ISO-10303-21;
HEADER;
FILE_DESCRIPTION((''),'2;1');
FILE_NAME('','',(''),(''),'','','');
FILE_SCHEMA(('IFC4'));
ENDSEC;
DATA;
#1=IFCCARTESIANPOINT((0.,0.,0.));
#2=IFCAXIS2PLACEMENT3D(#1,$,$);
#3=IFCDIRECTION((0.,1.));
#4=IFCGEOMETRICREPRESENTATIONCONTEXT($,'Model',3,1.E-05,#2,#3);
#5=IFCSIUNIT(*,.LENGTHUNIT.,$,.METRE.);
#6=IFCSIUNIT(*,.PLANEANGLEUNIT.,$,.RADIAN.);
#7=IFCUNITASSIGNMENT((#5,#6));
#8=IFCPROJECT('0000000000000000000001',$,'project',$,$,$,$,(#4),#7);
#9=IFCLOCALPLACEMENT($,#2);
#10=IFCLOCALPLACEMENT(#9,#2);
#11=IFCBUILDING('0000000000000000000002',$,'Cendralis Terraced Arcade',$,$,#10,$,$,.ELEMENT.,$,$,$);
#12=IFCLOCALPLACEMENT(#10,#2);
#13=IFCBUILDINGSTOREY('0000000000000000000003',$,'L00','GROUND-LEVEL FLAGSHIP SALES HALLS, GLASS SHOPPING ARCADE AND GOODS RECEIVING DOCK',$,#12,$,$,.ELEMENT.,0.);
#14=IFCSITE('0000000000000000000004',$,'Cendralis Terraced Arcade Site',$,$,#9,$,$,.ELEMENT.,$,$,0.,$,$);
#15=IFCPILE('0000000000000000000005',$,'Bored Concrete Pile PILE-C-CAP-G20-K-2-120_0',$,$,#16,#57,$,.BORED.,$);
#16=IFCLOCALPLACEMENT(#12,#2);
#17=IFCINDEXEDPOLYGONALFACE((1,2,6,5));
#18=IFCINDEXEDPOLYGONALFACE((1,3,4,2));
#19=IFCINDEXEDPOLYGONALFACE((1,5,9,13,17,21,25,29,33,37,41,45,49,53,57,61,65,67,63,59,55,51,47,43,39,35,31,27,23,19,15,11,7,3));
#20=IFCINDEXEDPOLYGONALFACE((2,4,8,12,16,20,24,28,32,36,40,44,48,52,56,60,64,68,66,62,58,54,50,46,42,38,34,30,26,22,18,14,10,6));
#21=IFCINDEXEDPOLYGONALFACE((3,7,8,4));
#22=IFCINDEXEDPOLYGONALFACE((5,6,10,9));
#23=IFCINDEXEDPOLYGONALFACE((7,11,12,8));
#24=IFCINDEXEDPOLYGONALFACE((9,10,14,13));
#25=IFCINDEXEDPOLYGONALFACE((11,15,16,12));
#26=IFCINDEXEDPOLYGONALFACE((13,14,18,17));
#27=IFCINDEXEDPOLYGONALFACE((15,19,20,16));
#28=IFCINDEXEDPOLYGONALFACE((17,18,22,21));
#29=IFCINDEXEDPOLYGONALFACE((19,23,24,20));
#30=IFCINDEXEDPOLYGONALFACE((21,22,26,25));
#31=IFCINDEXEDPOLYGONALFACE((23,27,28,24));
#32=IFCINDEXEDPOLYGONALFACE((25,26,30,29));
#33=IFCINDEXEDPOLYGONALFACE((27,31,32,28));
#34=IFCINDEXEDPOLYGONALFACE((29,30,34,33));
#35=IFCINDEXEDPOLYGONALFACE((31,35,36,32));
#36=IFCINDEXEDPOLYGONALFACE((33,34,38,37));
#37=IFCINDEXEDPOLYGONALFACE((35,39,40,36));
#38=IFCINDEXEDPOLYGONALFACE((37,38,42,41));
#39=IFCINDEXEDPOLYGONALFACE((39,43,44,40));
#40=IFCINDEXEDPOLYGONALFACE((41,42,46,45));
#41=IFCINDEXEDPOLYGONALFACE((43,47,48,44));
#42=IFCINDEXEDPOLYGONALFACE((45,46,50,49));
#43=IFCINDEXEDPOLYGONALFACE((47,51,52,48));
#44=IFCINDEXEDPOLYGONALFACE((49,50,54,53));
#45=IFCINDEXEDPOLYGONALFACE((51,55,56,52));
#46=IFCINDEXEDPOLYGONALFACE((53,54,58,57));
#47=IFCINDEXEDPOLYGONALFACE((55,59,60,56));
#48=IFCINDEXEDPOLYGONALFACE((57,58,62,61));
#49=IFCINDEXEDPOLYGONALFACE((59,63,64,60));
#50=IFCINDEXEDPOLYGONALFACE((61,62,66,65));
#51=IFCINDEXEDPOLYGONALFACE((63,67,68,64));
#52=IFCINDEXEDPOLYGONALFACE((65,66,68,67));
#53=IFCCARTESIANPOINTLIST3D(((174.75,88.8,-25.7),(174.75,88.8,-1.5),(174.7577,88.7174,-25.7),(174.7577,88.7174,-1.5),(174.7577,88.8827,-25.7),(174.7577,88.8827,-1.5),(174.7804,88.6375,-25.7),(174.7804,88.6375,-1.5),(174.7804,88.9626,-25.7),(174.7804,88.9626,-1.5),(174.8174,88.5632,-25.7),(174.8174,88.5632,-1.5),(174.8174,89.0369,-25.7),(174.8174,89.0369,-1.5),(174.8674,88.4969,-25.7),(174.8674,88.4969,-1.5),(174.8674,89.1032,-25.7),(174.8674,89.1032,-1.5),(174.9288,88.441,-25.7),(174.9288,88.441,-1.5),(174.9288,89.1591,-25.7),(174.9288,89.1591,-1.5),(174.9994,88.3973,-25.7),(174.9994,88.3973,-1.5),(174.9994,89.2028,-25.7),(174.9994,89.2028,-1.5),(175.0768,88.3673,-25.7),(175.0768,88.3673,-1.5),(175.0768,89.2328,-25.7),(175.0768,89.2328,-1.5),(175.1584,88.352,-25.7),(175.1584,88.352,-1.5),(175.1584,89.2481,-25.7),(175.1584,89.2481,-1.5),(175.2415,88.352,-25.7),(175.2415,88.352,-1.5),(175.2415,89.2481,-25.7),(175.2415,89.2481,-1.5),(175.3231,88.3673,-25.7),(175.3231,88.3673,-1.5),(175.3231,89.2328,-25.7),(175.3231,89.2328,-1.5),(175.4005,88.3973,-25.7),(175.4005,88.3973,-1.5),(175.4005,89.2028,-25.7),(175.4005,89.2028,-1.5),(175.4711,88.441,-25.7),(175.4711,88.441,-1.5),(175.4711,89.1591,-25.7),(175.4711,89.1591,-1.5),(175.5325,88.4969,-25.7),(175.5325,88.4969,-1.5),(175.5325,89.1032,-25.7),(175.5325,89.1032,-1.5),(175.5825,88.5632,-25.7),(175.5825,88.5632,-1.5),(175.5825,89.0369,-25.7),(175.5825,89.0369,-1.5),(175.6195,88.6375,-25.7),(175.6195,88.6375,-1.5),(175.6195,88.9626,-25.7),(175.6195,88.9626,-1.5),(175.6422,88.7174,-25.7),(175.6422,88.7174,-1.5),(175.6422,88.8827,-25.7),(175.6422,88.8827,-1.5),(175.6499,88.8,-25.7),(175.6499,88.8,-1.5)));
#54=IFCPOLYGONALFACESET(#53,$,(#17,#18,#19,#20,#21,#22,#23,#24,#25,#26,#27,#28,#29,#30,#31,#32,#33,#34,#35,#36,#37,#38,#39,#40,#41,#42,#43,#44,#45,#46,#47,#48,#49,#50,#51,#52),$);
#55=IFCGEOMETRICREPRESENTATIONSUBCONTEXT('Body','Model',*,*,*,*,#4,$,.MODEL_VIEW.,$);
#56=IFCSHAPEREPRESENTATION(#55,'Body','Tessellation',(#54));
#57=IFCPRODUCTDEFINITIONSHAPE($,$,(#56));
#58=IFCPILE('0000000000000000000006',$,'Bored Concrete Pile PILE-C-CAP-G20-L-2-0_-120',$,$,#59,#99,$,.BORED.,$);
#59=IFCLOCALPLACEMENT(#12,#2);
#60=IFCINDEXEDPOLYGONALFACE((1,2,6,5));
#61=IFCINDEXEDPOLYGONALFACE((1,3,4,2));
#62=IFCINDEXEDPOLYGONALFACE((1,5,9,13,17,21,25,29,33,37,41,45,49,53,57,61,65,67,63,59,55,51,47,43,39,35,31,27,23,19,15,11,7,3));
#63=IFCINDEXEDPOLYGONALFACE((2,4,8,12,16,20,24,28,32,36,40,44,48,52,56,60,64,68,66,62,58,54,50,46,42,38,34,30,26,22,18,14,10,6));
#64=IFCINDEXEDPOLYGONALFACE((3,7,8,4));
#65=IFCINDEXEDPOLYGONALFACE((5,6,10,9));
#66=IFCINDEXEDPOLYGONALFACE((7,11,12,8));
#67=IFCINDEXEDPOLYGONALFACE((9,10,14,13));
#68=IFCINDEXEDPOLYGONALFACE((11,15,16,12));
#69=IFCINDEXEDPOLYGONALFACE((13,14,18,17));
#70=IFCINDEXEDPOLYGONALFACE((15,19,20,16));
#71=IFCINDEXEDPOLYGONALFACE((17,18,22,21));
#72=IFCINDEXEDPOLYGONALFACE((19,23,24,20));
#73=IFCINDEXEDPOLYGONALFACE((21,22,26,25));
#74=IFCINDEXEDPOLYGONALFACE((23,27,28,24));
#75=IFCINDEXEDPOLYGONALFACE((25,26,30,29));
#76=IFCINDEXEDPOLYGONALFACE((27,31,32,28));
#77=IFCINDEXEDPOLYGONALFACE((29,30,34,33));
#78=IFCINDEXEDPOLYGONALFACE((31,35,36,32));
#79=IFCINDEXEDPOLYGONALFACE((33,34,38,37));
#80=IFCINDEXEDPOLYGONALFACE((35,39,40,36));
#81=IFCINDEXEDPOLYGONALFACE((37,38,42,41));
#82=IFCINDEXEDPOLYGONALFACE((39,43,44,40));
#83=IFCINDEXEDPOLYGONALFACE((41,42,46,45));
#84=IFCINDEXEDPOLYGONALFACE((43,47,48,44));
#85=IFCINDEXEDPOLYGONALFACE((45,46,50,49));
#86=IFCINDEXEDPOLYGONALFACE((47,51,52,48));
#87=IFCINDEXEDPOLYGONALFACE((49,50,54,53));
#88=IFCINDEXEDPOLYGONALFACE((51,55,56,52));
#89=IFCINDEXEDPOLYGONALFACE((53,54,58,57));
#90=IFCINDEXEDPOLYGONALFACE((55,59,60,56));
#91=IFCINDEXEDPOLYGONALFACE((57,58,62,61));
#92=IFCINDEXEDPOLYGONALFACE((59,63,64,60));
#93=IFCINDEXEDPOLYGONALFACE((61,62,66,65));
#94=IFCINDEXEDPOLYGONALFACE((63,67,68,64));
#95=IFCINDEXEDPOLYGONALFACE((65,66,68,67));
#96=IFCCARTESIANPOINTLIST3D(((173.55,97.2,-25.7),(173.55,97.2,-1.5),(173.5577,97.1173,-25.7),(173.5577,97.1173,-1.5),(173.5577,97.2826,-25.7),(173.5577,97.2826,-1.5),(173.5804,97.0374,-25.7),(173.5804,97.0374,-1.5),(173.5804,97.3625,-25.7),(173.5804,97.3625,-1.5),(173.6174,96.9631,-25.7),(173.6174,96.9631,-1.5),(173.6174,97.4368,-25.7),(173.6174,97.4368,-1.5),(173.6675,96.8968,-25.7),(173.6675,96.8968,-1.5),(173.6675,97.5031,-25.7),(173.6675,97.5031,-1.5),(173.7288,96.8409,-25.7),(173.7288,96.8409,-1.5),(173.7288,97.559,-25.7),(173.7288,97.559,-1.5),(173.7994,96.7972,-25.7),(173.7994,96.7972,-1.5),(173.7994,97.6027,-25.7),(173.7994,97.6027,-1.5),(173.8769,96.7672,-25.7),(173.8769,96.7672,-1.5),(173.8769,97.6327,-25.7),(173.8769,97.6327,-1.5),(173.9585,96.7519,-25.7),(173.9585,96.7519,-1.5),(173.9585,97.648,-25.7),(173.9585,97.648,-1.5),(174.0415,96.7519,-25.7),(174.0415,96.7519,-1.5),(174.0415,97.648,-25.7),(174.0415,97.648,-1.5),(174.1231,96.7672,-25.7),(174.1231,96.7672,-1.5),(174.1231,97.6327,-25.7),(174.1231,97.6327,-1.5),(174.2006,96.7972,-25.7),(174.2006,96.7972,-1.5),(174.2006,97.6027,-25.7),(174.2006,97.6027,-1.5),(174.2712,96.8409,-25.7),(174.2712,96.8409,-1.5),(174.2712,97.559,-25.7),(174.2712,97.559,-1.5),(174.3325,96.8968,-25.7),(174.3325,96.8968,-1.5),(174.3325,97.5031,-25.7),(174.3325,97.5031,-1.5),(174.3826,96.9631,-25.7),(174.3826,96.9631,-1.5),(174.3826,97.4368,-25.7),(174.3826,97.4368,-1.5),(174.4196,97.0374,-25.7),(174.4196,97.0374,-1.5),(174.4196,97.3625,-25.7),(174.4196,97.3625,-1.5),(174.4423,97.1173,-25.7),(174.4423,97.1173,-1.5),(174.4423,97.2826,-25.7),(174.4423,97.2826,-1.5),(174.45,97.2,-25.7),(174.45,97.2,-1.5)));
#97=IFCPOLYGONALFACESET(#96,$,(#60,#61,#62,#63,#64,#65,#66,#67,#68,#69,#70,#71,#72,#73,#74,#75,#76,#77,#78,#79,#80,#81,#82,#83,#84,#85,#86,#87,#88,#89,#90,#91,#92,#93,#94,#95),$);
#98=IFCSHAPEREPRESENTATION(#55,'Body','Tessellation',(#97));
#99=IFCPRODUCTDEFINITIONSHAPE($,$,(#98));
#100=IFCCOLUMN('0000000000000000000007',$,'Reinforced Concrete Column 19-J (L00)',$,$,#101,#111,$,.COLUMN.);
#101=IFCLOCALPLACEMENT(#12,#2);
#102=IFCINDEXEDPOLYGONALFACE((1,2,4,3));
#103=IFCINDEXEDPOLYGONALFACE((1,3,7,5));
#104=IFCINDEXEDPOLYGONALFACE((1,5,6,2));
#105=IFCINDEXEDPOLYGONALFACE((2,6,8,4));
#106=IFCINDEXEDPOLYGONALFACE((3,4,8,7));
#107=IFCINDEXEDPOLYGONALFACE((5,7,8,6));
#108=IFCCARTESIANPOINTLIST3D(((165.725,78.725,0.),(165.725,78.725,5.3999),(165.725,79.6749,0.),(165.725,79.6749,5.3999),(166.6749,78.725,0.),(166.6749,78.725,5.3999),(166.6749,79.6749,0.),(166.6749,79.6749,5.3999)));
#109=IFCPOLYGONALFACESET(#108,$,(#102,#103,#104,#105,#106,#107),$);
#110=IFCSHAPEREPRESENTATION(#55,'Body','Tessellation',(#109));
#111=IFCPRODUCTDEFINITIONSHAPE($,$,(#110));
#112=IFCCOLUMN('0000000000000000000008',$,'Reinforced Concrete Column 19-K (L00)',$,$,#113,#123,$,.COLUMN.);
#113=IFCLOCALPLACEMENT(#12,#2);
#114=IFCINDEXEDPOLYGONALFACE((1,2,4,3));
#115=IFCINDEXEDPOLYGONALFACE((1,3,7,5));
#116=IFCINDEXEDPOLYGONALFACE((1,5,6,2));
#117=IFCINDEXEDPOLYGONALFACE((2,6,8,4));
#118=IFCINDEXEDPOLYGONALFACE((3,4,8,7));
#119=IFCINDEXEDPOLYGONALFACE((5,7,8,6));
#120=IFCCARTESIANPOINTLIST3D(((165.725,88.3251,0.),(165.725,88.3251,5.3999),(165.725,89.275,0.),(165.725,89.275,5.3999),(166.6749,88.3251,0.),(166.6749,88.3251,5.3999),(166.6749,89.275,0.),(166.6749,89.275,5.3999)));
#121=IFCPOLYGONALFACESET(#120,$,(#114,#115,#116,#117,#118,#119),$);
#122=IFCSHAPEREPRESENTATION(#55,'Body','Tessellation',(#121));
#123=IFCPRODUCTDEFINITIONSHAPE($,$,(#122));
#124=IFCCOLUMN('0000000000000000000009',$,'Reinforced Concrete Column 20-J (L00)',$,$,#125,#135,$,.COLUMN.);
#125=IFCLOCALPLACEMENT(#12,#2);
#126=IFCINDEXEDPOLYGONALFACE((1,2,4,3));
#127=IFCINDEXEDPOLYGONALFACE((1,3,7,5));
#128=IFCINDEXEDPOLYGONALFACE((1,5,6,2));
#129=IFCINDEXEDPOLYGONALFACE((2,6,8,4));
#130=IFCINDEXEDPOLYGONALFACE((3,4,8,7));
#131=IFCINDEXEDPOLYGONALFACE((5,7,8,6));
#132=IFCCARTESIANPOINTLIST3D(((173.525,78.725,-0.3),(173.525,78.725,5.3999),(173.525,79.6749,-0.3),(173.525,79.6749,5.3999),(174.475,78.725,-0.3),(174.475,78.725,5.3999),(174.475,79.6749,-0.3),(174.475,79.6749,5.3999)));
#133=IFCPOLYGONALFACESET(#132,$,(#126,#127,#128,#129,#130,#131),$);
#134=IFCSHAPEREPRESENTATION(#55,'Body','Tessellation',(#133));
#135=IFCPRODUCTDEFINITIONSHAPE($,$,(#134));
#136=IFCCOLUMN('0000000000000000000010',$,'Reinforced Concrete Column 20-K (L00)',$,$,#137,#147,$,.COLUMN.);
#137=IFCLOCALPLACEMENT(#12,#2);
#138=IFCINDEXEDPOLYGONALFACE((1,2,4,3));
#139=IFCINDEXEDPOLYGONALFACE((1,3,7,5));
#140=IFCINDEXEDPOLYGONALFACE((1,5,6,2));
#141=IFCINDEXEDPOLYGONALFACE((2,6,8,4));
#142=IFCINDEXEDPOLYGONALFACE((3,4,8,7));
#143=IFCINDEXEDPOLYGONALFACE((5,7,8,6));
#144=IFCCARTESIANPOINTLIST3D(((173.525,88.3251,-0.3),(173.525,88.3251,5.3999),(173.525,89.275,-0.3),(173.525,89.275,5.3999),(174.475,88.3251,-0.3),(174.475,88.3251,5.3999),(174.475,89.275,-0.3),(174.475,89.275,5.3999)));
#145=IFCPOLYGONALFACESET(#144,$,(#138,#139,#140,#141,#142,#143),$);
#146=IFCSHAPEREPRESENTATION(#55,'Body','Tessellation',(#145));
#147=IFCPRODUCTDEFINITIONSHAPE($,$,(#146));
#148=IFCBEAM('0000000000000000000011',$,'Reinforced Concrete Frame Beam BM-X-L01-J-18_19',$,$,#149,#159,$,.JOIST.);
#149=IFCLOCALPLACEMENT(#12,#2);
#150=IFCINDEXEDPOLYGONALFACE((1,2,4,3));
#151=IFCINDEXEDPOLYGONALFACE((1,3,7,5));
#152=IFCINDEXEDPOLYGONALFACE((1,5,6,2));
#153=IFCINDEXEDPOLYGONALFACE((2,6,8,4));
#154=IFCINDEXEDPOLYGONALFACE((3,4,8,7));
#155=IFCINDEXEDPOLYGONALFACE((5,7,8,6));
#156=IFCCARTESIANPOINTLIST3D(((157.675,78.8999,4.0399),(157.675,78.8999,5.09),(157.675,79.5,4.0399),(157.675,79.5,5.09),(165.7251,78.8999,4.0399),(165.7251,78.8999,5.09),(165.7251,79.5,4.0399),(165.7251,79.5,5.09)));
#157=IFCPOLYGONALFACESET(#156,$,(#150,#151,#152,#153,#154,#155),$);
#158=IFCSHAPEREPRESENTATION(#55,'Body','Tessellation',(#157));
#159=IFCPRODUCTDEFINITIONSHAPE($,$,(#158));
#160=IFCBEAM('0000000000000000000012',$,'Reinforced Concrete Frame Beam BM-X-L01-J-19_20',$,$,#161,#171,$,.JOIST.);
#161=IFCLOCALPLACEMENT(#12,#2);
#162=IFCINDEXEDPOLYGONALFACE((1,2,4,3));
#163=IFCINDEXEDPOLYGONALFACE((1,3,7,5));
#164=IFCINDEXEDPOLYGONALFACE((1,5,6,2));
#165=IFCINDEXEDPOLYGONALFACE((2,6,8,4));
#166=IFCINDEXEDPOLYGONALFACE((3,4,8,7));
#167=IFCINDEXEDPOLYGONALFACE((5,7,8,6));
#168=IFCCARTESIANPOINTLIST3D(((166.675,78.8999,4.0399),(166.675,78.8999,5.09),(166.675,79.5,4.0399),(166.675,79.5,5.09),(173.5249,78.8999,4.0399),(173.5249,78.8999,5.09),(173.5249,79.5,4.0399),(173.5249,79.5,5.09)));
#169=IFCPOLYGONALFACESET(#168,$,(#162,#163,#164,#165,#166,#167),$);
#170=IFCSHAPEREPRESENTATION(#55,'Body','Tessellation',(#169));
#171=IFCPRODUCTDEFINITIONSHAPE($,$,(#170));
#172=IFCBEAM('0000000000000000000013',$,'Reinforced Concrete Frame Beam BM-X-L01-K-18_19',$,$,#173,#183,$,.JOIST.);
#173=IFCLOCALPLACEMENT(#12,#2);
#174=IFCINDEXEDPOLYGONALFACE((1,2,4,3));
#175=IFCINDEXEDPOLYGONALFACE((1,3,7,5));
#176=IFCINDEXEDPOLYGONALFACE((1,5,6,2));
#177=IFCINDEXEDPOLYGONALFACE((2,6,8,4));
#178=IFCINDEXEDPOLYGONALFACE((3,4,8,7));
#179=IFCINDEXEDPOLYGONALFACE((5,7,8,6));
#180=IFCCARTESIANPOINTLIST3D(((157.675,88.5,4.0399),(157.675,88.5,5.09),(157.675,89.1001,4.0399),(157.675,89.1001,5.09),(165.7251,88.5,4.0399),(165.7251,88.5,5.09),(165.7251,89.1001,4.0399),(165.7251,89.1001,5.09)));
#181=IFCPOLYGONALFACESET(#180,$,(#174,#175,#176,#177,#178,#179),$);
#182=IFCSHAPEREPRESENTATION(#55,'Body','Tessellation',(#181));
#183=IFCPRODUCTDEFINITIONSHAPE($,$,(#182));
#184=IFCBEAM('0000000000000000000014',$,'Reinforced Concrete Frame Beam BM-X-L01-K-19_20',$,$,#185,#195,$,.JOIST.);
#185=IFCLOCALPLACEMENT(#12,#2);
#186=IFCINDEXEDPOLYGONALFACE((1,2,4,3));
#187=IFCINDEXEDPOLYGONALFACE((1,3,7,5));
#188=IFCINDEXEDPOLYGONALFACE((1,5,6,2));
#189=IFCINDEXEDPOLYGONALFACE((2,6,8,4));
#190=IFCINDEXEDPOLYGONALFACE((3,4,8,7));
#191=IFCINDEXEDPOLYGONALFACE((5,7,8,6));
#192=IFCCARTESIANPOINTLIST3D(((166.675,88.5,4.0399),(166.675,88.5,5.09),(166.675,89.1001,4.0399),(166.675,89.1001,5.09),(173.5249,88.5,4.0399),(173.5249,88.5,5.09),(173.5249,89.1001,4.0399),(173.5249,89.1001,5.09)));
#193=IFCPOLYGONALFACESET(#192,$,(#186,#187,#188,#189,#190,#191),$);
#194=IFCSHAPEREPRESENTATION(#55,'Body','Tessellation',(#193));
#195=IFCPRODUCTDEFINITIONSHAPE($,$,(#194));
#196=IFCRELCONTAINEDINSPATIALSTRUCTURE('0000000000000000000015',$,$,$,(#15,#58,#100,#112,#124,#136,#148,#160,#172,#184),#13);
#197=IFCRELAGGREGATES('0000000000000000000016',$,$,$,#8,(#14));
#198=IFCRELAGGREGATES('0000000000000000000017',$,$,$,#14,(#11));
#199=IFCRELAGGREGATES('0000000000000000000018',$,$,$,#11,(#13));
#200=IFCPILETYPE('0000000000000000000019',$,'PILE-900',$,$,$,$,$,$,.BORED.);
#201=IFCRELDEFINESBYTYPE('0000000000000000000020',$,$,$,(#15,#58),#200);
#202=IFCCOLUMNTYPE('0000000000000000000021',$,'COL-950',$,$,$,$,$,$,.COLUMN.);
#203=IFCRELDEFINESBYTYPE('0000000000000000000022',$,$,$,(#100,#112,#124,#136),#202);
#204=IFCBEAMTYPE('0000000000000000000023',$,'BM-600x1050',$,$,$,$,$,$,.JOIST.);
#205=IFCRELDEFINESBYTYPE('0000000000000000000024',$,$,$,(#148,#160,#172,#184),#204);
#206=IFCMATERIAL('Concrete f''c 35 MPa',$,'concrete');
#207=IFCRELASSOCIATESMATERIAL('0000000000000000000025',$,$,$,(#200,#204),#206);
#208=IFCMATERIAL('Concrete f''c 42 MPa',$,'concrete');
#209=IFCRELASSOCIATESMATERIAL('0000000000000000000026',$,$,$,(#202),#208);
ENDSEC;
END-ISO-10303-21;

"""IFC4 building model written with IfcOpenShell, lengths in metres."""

from ifc_helpers import new_model, si_unit, direction, frame, origin, origin_2d, place, context, subcontext, project, spatial, rectangle, circle, extrude, material, material_profile, profile_set, type_object, element, save


model = new_model("IFC4")

# Units and contexts
model_context = context("Model", 3, precision=1e-05, world=origin(), true_north=direction((0.0, 1.0)))
body_context = subcontext(model_context, "Body", "Model", "MODEL_VIEW")
ifc_project = project(units=[si_unit("LENGTHUNIT", "METRE"), si_unit("PLANEANGLEUNIT", "RADIAN")], contexts=[model_context])

# Site, building, storey
site_placement = place(None, origin())
site = spatial("IfcSite", under=ifc_project, at=site_placement, Name="Cendralis Terraced Arcade Site", CompositionType="ELEMENT", RefElevation=0.0)
building_placement = place(site_placement, origin())
building = spatial("IfcBuilding", under=site, at=building_placement, Name="Cendralis Terraced Arcade", CompositionType="ELEMENT")
storey_placement = place(building_placement, origin())
storey = spatial("IfcBuildingStorey", under=building, at=storey_placement, Name="L00", Description="GROUND-LEVEL FLAGSHIP SALES HALLS, GLASS SHOPPING ARCADE AND GOODS RECEIVING DOCK", CompositionType="ELEMENT", Elevation=0.0)

# Shared definitions
ifc_material_1 = material(Name="Concrete f'c 35 MPa", Category="concrete")

# Piles
ifc_material_profile_1 = material_profile(ifc_material_1, circle(Radius=0.45, at=origin_2d()), Name="PILE-D900", Category="LoadBearing")
ifc_profile_set_1 = profile_set([ifc_material_profile_1], Name="Concrete f'c 35 MPa")
pile_type = type_object("IfcPileType", Name="PILE-900", PredefinedType="BORED", material=ifc_profile_set_1)
for number, where, z_axis, x_axis, name in (
    (1, (175.2, 88.8, -1.5), (0.0, 0.0, -1.0), (1.0, 0.0, 0.0), "Bored Concrete Pile PILE-C-CAP-G20-K-2-120_0"),
    (2, (174.0, 97.2, -1.5), (0.0, 0.0, -1.0), (1.0, 0.0, 0.0), "Bored Concrete Pile PILE-C-CAP-G20-L-2-0_-120"),
):
    element("IfcPile", number, at=place(storey_placement, frame(where, z_axis=z_axis, x_axis=x_axis)), inside=storey, type_object=pile_type, Name=name, PredefinedType="BORED", context=body_context, shape_type="SweptSolid", body=[
        extrude(circle(Radius=0.45, at=origin_2d()), origin(), (0.0, 0.0, 1.0), 24.2),
    ])

# Columns
ifc_material_2 = material(Name="Concrete f'c 42 MPa", Category="concrete")
ifc_material_profile_2 = material_profile(ifc_material_2, rectangle(XDim=0.95, YDim=0.95, at=origin_2d()), Name="RC-COL-950x950", Category="LoadBearing")
ifc_profile_set_2 = profile_set([ifc_material_profile_2], Name="Concrete f'c 42 MPa")
column_type = type_object("IfcColumnType", Name="COL-950", PredefinedType="COLUMN", material=ifc_profile_set_2)
for number, where, z_axis, x_axis, name in (
    (3, (166.2, 79.2, 0.0), (0.0, 0.0, 1.0), (1.0, 0.0, 0.0), "Reinforced Concrete Column 19-J (L00)"),
    (4, (166.2, 88.8, 0.0), (0.0, 0.0, 1.0), (1.0, 0.0, 0.0), "Reinforced Concrete Column 19-K (L00)"),
):
    element("IfcColumn", number, at=place(storey_placement, frame(where, z_axis=z_axis, x_axis=x_axis)), inside=storey, type_object=column_type, Name=name, PredefinedType="COLUMN", context=body_context, shape_type="SweptSolid", body=[
        extrude(rectangle(XDim=0.95, YDim=0.95, at=origin_2d()), origin(), (0.0, 0.0, 1.0), 5.3999),
    ])
for number, where, z_axis, x_axis, name in (
    (5, (174.0, 79.2, -0.3), (0.0, 0.0, 1.0), (1.0, 0.0, 0.0), "Reinforced Concrete Column 20-J (L00)"),
    (6, (174.0, 88.8, -0.3), (0.0, 0.0, 1.0), (1.0, 0.0, 0.0), "Reinforced Concrete Column 20-K (L00)"),
):
    element("IfcColumn", number, at=place(storey_placement, frame(where, z_axis=z_axis, x_axis=x_axis)), inside=storey, type_object=column_type, Name=name, PredefinedType="COLUMN", context=body_context, shape_type="SweptSolid", body=[
        extrude(rectangle(XDim=0.95, YDim=0.95, at=origin_2d()), origin(), (0.0, 0.0, 1.0), 5.7),
    ])

# Beams
ifc_material_profile_3 = material_profile(ifc_material_1, rectangle(XDim=0.6001, YDim=1.05, at=origin_2d()), Name="RC-BM-600x1050", Category="LoadBearing")
ifc_profile_set_3 = profile_set([ifc_material_profile_3], Name="Concrete f'c 35 MPa")
beam_type = type_object("IfcBeamType", Name="BM-600x1050", PredefinedType="JOIST", material=ifc_profile_set_3)
beam_1_placement = place(storey_placement, frame((157.675, 79.2, 4.5649), z_axis=(1.0, 0.0, 0.0), x_axis=(0.0, 1.0, 0.0)))
element("IfcBeam", 7, at=beam_1_placement, inside=storey, type_object=beam_type, Name="Reinforced Concrete Frame Beam BM-X-L01-J-18_19", PredefinedType="JOIST", context=body_context, shape_type="SweptSolid", body=[
    extrude(rectangle(XDim=0.6001, YDim=1.05, at=origin_2d()), origin(), (0.0, 0.0, 1.0), 8.05),
])
beam_2_placement = place(storey_placement, frame((166.675, 79.2, 4.5649), z_axis=(1.0, 0.0, 0.0), x_axis=(0.0, 1.0, 0.0)))
element("IfcBeam", 8, at=beam_2_placement, inside=storey, type_object=beam_type, Name="Reinforced Concrete Frame Beam BM-X-L01-J-19_20", PredefinedType="JOIST", context=body_context, shape_type="SweptSolid", body=[
    extrude(rectangle(XDim=0.6001, YDim=1.05, at=origin_2d()), origin(), (0.0, 0.0, 1.0), 6.8499),
])
beam_3_placement = place(storey_placement, frame((157.675, 88.8, 4.5649), z_axis=(1.0, 0.0, 0.0), x_axis=(0.0, 1.0, 0.0)))
element("IfcBeam", 9, at=beam_3_placement, inside=storey, type_object=beam_type, Name="Reinforced Concrete Frame Beam BM-X-L01-K-18_19", PredefinedType="JOIST", context=body_context, shape_type="SweptSolid", body=[
    extrude(rectangle(XDim=0.6001, YDim=1.05, at=origin_2d()), origin(), (0.0, 0.0, 1.0), 8.05),
])
beam_4_placement = place(storey_placement, frame((166.675, 88.8, 4.5649), z_axis=(1.0, 0.0, 0.0), x_axis=(0.0, 1.0, 0.0)))
element("IfcBeam", 10, at=beam_4_placement, inside=storey, type_object=beam_type, Name="Reinforced Concrete Frame Beam BM-X-L01-K-19_20", PredefinedType="JOIST", context=body_context, shape_type="SweptSolid", body=[
    extrude(rectangle(XDim=0.6001, YDim=1.05, at=origin_2d()), origin(), (0.0, 0.0, 1.0), 6.8499),
])

save(model, "model.ifc")
